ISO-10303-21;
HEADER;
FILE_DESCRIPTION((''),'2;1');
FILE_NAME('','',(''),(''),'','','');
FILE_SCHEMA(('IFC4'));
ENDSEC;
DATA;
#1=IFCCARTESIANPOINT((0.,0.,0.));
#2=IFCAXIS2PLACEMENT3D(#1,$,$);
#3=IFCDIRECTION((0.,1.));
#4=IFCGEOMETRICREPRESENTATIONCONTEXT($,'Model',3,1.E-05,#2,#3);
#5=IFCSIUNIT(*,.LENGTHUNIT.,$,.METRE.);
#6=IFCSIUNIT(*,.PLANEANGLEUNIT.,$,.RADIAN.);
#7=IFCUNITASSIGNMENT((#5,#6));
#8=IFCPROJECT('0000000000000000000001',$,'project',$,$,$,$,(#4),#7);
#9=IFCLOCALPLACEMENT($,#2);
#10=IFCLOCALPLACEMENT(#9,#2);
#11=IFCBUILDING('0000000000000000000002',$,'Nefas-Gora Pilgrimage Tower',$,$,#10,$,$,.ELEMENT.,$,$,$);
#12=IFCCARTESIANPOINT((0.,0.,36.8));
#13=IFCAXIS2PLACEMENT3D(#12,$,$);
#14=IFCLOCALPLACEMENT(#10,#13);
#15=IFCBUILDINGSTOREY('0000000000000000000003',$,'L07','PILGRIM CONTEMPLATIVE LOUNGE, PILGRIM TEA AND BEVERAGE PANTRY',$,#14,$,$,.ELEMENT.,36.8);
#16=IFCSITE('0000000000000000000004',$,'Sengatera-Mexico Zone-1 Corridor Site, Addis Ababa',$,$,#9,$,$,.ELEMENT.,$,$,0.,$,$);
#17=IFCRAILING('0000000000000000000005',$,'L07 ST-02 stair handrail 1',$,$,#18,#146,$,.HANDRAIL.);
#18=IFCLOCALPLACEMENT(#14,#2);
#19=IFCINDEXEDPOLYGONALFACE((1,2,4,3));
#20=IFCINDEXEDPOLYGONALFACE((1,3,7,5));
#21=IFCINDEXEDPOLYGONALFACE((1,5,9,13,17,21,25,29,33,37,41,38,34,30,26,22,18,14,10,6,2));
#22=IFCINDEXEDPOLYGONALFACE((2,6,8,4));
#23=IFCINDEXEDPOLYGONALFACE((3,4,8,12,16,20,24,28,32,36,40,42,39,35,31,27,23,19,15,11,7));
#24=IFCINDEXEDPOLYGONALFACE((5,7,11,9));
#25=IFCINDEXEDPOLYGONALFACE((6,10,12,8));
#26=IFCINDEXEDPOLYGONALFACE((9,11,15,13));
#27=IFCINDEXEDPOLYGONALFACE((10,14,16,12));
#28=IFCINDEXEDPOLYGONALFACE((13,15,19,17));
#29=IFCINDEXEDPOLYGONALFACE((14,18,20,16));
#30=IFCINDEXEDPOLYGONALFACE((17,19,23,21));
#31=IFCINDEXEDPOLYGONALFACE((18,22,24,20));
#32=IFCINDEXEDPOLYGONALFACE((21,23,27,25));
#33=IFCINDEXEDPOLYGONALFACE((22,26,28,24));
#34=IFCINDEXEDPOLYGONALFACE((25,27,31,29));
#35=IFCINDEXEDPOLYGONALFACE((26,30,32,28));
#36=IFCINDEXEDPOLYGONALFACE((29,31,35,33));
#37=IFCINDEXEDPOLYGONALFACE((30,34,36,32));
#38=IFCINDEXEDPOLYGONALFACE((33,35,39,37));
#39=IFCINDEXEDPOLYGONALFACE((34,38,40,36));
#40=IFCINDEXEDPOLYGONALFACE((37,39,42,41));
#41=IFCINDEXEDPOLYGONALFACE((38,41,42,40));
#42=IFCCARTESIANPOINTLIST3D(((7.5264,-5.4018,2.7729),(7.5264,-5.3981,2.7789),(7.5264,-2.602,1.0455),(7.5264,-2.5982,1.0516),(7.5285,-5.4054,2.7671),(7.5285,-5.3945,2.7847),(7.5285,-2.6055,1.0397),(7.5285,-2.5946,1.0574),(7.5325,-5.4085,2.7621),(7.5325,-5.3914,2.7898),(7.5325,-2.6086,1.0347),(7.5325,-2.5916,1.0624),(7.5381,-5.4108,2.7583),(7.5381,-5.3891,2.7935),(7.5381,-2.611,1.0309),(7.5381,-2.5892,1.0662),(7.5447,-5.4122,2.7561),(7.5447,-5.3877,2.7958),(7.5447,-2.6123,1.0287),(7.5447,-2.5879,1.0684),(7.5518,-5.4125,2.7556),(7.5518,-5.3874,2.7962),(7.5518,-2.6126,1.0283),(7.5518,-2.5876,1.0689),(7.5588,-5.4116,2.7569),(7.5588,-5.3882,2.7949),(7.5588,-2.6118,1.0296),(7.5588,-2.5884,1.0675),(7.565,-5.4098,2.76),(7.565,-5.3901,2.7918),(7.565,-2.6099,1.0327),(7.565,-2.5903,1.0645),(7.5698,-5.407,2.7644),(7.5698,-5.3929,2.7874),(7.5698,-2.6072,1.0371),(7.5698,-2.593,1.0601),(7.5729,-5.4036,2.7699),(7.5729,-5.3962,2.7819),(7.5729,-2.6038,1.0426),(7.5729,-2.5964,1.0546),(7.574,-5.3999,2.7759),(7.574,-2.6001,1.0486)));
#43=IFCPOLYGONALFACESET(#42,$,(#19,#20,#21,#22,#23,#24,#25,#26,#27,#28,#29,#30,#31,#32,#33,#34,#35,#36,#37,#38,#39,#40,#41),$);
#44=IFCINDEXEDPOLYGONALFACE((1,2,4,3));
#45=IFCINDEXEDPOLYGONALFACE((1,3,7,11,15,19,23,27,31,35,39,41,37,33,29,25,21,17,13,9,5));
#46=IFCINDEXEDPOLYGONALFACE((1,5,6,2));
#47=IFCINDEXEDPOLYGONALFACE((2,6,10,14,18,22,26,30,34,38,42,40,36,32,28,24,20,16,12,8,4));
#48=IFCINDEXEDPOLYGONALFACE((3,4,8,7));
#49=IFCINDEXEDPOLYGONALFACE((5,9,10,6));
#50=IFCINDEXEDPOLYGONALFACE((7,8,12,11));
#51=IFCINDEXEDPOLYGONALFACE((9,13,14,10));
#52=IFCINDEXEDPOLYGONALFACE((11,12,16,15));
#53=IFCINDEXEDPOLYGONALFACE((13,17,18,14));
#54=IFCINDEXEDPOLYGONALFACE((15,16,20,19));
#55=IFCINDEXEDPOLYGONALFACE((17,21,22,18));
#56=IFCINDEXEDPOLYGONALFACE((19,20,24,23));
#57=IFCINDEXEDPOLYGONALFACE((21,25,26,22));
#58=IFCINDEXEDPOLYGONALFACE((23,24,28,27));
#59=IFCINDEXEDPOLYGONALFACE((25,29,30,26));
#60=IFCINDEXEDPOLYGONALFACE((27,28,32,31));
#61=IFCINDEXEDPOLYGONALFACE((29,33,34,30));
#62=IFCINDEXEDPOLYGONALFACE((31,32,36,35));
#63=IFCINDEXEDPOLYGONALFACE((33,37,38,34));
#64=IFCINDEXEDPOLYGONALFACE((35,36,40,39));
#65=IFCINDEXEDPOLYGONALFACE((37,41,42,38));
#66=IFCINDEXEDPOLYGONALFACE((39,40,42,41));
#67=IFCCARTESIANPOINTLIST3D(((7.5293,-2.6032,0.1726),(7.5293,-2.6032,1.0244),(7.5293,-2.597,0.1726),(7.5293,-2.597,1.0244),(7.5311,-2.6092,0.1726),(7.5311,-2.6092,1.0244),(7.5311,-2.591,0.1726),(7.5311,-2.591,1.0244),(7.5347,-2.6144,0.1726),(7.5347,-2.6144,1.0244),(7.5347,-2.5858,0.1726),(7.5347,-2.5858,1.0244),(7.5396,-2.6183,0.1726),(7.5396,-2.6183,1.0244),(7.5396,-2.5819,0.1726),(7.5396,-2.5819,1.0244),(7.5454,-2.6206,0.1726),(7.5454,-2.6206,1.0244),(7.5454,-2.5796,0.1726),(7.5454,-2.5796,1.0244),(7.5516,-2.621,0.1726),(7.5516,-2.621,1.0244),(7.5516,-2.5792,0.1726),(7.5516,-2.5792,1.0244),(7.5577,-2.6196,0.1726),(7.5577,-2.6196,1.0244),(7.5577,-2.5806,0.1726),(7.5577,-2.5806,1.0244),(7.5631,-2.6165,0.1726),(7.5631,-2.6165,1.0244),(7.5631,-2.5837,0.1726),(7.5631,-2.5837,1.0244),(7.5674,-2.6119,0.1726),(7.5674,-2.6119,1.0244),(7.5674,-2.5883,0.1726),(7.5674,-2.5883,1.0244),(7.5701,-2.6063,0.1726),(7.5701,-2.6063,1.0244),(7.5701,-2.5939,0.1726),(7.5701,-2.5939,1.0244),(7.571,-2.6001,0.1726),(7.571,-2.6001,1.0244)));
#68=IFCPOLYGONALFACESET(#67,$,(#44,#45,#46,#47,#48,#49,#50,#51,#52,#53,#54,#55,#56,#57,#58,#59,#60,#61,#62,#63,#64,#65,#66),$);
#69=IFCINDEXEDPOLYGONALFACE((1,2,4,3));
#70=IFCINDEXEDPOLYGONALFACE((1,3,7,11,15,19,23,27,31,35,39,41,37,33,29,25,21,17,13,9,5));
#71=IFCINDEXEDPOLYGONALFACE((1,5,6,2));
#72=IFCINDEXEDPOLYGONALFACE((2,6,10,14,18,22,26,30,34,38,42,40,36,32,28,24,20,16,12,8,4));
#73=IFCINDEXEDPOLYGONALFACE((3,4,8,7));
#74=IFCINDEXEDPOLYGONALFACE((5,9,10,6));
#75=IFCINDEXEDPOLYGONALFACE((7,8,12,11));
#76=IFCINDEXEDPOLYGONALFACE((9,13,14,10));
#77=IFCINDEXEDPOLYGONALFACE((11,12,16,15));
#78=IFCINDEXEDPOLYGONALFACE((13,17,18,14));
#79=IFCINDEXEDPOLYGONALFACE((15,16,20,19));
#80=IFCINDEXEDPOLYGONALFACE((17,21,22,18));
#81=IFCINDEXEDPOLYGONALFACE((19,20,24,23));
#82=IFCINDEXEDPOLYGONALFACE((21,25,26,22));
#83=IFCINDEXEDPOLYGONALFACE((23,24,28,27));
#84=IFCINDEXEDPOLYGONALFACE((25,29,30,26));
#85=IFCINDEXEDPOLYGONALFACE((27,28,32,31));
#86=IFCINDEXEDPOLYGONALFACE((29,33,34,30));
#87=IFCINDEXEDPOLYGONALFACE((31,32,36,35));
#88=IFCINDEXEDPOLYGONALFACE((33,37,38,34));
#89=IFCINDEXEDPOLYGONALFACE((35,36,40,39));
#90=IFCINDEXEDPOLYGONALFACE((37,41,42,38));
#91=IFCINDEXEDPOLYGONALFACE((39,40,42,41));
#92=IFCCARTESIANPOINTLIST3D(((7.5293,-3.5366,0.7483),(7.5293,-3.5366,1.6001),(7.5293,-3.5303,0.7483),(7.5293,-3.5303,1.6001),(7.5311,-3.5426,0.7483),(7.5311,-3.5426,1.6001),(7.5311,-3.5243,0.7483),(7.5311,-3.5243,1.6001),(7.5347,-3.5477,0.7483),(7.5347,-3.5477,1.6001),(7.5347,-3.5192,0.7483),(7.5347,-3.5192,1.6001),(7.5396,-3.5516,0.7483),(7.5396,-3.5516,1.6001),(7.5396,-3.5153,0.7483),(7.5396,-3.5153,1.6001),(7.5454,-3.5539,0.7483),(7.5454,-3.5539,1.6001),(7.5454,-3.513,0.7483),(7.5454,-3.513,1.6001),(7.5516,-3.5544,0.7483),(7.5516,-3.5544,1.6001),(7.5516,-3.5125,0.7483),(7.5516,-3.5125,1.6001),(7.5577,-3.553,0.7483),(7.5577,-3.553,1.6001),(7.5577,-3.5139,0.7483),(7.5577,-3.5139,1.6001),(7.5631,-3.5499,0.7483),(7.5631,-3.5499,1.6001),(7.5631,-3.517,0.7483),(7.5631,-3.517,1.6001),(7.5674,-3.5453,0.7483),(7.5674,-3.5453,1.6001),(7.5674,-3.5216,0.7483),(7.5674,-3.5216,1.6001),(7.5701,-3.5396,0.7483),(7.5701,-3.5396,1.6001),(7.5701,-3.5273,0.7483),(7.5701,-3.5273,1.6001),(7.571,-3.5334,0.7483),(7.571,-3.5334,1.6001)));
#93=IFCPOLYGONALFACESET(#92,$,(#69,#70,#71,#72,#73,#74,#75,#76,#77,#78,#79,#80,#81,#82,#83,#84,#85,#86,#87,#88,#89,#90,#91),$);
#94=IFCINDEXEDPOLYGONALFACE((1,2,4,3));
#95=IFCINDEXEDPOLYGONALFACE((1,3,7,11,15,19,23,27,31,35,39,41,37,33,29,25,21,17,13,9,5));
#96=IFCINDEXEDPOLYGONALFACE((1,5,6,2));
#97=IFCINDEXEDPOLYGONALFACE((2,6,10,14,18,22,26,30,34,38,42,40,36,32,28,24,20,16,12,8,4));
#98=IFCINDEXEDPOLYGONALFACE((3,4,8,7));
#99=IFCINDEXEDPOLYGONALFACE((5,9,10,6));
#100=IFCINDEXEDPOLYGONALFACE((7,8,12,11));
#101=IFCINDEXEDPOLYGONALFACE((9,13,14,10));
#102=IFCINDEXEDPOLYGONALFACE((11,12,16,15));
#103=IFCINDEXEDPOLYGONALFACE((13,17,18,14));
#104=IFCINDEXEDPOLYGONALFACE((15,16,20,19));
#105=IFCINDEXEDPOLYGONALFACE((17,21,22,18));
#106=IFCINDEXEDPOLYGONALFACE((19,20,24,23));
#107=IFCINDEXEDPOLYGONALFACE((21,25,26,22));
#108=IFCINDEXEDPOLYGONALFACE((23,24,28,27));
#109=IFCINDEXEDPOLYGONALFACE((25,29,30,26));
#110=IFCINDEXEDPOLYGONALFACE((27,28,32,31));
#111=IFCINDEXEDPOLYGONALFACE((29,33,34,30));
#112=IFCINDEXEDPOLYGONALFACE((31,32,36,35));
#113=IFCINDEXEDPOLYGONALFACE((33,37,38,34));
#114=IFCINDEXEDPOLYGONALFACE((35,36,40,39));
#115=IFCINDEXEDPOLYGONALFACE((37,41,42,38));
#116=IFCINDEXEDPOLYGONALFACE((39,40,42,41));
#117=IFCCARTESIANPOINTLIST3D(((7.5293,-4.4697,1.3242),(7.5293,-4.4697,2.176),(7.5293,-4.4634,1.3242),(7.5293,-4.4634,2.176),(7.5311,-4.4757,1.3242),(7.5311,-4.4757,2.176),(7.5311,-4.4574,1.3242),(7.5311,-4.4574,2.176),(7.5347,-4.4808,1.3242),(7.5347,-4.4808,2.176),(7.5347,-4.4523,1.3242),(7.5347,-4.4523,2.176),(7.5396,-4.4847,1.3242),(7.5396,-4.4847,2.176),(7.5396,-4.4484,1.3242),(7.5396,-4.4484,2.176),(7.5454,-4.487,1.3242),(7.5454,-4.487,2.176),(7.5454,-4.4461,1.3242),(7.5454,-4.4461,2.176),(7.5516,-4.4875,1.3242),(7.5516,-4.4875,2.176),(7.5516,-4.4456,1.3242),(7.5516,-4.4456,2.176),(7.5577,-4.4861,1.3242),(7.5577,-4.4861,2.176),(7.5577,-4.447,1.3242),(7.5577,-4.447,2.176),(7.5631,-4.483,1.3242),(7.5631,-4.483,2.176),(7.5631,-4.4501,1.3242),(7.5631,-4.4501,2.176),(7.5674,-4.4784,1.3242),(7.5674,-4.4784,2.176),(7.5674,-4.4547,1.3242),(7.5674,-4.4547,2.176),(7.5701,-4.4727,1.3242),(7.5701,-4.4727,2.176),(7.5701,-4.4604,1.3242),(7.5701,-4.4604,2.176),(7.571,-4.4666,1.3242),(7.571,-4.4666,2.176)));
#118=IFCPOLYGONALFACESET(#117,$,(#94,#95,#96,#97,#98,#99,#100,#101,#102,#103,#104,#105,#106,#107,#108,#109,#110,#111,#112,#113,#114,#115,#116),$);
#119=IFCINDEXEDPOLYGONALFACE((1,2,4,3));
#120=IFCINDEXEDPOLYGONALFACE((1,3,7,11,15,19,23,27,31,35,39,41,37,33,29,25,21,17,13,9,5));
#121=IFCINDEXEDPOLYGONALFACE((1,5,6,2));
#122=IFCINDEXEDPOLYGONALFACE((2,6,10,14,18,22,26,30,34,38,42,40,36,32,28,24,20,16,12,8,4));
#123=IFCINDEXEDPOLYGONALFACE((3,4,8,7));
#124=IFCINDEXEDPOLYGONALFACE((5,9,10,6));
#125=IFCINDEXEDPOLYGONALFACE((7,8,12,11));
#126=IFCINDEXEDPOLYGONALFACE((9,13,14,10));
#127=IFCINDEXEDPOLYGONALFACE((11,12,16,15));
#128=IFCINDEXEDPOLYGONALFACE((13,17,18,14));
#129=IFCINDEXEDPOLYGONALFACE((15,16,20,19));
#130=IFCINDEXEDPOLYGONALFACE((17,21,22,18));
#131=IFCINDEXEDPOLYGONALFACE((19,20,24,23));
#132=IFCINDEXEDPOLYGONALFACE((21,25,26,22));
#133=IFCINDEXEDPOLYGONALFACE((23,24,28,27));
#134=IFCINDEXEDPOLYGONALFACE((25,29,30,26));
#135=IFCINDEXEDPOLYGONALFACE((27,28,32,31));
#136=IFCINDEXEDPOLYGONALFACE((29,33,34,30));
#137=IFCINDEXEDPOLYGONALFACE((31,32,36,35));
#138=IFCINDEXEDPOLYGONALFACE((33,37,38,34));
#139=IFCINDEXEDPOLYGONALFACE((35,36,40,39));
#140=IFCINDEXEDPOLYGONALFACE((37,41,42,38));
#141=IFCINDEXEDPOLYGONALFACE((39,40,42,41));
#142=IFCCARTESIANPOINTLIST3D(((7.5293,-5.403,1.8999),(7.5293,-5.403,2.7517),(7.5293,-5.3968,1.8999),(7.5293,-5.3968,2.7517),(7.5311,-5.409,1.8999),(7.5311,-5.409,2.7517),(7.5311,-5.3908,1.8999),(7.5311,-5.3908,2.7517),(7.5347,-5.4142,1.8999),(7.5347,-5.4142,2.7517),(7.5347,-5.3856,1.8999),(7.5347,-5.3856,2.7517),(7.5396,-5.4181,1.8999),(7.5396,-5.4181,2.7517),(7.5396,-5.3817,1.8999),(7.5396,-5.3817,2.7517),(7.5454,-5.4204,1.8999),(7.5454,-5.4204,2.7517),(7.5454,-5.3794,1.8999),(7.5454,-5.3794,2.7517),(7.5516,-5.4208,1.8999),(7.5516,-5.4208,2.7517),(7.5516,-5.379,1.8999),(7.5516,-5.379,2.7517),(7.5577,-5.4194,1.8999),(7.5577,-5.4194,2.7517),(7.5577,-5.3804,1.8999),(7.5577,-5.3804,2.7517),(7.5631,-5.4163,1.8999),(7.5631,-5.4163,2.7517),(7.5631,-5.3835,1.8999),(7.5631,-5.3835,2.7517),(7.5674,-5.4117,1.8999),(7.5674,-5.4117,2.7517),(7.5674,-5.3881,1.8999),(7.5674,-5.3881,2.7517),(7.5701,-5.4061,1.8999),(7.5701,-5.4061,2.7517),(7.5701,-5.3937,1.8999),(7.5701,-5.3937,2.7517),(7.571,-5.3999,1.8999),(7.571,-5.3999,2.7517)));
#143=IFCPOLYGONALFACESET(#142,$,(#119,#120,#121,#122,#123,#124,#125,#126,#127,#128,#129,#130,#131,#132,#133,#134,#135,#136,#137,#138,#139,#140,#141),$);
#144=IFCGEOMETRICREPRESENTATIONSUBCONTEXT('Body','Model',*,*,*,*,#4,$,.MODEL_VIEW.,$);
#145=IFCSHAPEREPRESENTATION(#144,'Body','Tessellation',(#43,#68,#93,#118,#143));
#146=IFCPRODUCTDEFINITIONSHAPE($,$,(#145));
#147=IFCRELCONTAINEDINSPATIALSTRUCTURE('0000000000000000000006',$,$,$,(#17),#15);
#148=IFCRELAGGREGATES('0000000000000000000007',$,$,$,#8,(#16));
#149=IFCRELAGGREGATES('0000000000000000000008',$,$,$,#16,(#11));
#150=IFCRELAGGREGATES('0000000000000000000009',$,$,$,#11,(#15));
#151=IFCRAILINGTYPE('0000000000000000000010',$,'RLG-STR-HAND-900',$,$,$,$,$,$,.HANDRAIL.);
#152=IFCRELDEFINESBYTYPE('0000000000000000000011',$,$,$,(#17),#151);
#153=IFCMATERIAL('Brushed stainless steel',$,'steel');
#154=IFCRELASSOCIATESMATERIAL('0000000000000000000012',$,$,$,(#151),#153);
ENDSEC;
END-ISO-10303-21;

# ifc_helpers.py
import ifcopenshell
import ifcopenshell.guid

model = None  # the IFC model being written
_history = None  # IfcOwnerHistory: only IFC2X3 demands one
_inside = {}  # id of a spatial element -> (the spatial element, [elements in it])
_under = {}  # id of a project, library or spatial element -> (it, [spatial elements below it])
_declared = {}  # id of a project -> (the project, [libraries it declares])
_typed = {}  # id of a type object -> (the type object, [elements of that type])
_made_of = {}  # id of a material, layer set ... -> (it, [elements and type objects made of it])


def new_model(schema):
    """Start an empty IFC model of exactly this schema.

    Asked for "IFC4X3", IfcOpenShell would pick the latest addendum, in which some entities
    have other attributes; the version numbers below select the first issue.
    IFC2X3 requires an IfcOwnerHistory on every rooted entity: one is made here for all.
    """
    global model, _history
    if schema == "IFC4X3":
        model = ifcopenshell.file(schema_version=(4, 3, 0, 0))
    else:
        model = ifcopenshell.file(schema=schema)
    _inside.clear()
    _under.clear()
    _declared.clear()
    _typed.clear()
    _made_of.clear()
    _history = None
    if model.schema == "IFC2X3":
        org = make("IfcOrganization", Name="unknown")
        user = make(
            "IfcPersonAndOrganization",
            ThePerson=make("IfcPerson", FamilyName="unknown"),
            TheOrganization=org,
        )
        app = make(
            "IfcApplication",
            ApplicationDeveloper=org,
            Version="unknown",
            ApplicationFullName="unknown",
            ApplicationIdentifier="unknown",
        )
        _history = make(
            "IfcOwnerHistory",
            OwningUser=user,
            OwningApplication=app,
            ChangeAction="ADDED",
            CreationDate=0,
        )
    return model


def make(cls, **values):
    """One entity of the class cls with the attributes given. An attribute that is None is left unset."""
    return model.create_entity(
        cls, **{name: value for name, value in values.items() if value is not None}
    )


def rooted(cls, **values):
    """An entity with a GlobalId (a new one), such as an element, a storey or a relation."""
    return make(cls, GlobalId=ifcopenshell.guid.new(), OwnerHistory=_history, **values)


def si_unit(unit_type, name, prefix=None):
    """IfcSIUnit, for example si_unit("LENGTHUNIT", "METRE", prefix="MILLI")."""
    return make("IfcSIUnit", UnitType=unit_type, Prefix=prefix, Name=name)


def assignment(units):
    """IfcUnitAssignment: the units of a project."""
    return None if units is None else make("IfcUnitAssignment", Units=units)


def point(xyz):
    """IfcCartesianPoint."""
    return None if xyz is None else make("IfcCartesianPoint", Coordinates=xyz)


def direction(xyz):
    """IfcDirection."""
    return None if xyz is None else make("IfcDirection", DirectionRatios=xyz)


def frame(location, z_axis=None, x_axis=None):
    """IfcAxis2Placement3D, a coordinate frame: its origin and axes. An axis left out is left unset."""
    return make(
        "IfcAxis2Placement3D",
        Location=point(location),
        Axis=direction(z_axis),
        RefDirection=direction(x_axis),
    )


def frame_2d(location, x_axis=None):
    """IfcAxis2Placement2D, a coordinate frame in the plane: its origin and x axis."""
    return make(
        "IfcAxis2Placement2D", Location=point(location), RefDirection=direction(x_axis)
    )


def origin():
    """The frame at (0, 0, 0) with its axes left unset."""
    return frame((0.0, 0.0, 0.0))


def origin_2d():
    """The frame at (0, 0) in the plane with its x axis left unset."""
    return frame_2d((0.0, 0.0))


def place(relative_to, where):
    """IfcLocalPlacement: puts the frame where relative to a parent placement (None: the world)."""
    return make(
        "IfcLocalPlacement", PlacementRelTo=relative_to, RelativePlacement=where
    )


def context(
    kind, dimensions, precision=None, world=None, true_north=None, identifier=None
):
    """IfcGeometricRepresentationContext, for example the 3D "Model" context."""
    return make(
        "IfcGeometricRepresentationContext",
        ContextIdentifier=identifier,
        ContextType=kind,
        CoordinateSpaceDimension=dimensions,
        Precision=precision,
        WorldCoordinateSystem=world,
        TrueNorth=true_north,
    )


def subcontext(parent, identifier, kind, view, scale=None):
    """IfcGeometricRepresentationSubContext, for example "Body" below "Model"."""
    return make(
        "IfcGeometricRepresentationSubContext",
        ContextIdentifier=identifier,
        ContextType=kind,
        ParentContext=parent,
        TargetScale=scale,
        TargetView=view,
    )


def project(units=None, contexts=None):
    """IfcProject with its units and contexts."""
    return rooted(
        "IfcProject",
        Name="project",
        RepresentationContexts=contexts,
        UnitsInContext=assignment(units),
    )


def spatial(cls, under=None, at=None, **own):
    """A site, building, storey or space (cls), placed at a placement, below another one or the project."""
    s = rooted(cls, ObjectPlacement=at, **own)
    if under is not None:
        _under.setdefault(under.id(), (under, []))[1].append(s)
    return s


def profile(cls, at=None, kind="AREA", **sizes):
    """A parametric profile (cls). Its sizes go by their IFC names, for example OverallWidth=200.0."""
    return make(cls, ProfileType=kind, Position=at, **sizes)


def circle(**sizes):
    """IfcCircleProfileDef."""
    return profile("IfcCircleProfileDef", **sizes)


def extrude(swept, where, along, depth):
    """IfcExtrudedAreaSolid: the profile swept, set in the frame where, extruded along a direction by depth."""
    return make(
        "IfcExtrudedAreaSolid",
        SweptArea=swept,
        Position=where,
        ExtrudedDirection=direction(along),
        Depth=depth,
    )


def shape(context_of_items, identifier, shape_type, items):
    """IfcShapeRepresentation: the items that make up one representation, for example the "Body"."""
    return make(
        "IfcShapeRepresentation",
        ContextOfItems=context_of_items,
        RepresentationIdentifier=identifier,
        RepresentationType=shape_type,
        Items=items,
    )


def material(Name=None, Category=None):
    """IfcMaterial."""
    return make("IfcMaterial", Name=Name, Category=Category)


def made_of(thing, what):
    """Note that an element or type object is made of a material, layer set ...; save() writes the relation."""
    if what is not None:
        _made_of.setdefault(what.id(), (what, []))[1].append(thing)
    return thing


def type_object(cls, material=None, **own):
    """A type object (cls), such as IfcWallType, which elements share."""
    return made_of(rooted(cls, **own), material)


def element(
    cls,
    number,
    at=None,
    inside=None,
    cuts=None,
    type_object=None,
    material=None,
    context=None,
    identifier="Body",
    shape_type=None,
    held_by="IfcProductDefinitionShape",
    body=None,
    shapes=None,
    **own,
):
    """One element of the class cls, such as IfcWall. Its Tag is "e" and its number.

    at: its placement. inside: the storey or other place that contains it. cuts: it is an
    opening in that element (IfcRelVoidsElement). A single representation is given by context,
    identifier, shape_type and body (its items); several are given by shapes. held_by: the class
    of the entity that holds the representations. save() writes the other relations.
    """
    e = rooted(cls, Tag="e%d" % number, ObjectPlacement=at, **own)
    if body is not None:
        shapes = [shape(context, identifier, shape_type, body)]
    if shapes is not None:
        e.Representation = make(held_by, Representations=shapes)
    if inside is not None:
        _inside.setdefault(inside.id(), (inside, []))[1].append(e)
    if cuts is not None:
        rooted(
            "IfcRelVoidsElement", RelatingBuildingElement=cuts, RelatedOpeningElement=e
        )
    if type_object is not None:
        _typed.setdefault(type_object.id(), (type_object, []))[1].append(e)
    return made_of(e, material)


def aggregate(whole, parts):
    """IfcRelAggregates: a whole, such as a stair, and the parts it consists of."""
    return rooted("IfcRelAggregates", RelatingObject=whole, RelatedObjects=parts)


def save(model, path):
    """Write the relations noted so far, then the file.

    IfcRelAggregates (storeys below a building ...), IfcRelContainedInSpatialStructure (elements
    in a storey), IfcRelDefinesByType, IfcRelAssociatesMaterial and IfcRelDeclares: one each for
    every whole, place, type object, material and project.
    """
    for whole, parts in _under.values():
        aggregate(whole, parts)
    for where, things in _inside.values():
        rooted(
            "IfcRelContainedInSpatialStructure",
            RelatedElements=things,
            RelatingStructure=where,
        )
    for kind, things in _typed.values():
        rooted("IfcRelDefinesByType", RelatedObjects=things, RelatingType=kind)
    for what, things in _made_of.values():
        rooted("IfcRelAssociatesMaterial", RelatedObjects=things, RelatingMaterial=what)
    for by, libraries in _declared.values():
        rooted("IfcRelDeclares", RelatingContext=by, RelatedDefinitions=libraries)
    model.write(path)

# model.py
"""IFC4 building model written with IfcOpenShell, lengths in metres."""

from ifc_helpers import new_model, si_unit, direction, frame, origin, origin_2d, place, context, subcontext, project, spatial, circle, extrude, material, type_object, element, save


model = new_model("IFC4")

# Units and contexts
model_context = context("Model", 3, precision=1e-05, world=origin(), true_north=direction((0.0, 1.0)))
body_context = subcontext(model_context, "Body", "Model", "MODEL_VIEW")
ifc_project = project(units=[si_unit("LENGTHUNIT", "METRE"), si_unit("PLANEANGLEUNIT", "RADIAN")], contexts=[model_context])

# Site, building, storey
site_placement = place(None, origin())
site = spatial("IfcSite", under=ifc_project, at=site_placement, Name="Sengatera-Mexico Zone-1 Corridor Site, Addis Ababa", CompositionType="ELEMENT", RefElevation=0.0)
building_placement = place(site_placement, origin())
building = spatial("IfcBuilding", under=site, at=building_placement, Name="Nefas-Gora Pilgrimage Tower", CompositionType="ELEMENT")
storey_placement = place(building_placement, frame((0.0, 0.0, 36.8)))
storey = spatial("IfcBuildingStorey", under=building, at=storey_placement, Name="L07", Description="PILGRIM CONTEMPLATIVE LOUNGE, PILGRIM TEA AND BEVERAGE PANTRY", CompositionType="ELEMENT", Elevation=36.8)

# Railing
ifc_material_1 = material(Name="Brushed stainless steel", Category="steel")
railing_type_1 = type_object("IfcRailingType", Name="RLG-STR-HAND-900", PredefinedType="HANDRAIL", material=ifc_material_1)
railing_1_placement = place(storey_placement, frame((7.55, -2.6001, 0.1726)))
element("IfcRailing", 1, at=railing_1_placement, inside=storey, type_object=railing_type_1, Name="L07 ST-02 stair handrail 1", PredefinedType="HANDRAIL", context=body_context, shape_type="SweptSolid", body=[
    extrude(circle(Radius=0.0239, at=origin_2d()), frame((0.0, 0.0, 0.876), z_axis=(0.0, -0.851069, 0.525054), x_axis=(1.0, 0.0, 0.0)), (0.0, 0.0, 1.0), 3.2898),
    extrude(circle(Radius=0.021, at=origin_2d()), origin(), (0.0, 0.0, 1.0), 0.8518),
    extrude(circle(Radius=0.021, at=origin_2d()), frame((0.0, -0.9333, 0.5757)), (0.0, 0.0, 1.0), 0.8518),
    extrude(circle(Radius=0.021, at=origin_2d()), frame((0.0, -1.8665, 1.1516)), (0.0, 0.0, 1.0), 0.8518),
    extrude(circle(Radius=0.021, at=origin_2d()), frame((0.0, -2.7998, 1.7273)), (0.0, 0.0, 1.0), 0.8518),
])

save(model, "model.ifc")
